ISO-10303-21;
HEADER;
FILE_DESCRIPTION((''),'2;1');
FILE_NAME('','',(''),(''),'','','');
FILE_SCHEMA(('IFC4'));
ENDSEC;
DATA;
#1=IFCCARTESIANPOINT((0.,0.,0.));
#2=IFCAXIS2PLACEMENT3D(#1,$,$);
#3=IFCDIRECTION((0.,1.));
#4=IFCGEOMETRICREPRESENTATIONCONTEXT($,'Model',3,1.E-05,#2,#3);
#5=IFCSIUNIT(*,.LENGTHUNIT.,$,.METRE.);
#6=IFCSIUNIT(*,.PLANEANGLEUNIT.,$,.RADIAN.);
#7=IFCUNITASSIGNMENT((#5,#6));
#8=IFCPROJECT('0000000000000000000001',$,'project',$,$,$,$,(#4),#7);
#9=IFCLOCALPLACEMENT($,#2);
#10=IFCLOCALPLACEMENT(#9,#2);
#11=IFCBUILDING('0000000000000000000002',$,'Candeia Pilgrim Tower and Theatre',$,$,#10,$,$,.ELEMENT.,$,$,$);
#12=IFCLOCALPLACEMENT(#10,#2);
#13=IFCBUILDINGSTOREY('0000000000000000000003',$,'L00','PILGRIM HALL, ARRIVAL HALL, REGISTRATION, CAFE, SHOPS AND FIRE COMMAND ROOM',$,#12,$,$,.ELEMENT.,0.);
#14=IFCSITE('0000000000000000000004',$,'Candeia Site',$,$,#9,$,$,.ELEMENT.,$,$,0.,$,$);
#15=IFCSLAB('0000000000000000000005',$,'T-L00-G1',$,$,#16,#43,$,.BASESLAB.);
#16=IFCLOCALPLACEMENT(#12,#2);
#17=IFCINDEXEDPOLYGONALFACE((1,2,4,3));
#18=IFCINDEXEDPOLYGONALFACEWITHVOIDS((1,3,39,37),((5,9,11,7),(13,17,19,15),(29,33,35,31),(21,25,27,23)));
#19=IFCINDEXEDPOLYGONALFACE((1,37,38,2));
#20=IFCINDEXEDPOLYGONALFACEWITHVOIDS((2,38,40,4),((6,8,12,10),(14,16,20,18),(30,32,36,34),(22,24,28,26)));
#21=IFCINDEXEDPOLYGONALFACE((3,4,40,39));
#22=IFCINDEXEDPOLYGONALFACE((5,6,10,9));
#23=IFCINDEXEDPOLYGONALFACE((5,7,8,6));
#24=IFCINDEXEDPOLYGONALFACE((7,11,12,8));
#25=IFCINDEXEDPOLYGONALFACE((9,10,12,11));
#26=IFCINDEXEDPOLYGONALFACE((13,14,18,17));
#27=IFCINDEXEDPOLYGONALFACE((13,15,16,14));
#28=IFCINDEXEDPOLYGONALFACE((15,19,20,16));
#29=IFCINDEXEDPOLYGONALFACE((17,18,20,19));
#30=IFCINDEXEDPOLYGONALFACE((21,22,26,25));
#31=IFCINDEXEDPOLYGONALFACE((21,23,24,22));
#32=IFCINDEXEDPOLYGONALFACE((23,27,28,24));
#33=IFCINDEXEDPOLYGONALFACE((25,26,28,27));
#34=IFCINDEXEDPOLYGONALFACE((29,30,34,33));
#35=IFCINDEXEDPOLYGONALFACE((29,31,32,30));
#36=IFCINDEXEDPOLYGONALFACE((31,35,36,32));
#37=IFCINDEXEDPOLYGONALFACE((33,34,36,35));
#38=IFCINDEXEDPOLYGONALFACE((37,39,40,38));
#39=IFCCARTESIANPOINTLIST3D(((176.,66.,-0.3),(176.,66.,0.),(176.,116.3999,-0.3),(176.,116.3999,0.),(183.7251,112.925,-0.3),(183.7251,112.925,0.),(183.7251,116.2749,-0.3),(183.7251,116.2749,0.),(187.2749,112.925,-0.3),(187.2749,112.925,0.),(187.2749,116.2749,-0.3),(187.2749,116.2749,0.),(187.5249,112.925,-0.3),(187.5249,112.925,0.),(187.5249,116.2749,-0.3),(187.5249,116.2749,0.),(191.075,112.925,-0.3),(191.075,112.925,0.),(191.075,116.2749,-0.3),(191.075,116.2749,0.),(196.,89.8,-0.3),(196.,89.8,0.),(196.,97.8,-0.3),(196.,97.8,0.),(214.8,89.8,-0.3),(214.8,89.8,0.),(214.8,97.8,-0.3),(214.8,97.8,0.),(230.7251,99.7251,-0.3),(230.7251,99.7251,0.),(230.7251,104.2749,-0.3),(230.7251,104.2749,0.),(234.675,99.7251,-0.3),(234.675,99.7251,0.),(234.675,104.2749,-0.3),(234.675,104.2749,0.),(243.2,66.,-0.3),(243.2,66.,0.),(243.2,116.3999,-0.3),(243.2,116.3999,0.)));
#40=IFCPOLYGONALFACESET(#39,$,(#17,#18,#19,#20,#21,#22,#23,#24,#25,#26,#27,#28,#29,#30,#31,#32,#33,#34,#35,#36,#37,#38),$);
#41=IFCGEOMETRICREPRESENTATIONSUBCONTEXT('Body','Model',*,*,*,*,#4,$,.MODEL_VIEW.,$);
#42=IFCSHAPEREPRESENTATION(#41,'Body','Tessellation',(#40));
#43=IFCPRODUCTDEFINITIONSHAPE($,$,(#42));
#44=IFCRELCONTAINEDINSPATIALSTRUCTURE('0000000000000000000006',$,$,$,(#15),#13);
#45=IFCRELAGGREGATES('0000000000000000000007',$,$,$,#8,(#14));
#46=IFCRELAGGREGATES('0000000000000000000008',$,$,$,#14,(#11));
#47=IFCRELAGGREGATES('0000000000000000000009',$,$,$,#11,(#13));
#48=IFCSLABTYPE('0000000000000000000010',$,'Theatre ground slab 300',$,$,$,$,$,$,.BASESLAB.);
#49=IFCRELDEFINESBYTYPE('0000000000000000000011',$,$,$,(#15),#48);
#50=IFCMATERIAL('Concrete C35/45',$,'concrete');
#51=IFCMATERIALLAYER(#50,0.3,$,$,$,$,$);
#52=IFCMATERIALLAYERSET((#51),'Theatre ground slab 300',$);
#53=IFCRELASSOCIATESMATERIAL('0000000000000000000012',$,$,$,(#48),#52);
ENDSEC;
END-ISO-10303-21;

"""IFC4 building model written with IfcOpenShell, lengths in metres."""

from ifc_helpers import new_model, si_unit, direction, frame, origin, place, context, subcontext, project, spatial, polyline, outline, extrude, material, layer, layer_set, type_object, element, save


model = new_model("IFC4")

# Units and contexts
model_context = context("Model", 3, precision=1e-05, world=origin(), true_north=direction((0.0, 1.0)))
body_context = subcontext(model_context, "Body", "Model", "MODEL_VIEW")
ifc_project = project(units=[si_unit("LENGTHUNIT", "METRE"), si_unit("PLANEANGLEUNIT", "RADIAN")], contexts=[model_context])

# Site, building, storey
site_placement = place(None, origin())
site = spatial("IfcSite", under=ifc_project, at=site_placement, Name="Candeia Site", CompositionType="ELEMENT", RefElevation=0.0)
building_placement = place(site_placement, origin())
building = spatial("IfcBuilding", under=site, at=building_placement, Name="Candeia Pilgrim Tower and Theatre", CompositionType="ELEMENT")
storey_placement = place(building_placement, origin())
storey = spatial("IfcBuildingStorey", under=building, at=storey_placement, Name="L00", Description="PILGRIM HALL, ARRIVAL HALL, REGISTRATION, CAFE, SHOPS AND FIRE COMMAND ROOM", CompositionType="ELEMENT", Elevation=0.0)

# Shared definitions
ifc_material_1 = material(Name="Concrete C35/45", Category="concrete")

# Slab
ifc_layer_1 = layer(ifc_material_1, 0.3)
ifc_layer_set_1 = layer_set([ifc_layer_1], Name="Theatre ground slab 300")
slab_type_1 = type_object("IfcSlabType", Name="Theatre ground slab 300", PredefinedType="BASESLAB", material=ifc_layer_set_1)
slab_1_placement = place(storey_placement, frame((0.0, 0.0, -0.3)))
element("IfcSlab", 1, at=slab_1_placement, inside=storey, type_object=slab_type_1, Name="T-L00-G1", PredefinedType="BASESLAB", context=body_context, shape_type="SweptSolid", body=[
    extrude(outline(polyline([(243.2, 66.0), (176.0, 66.0), (176.0, 116.3999), (243.2, 116.3999), (243.2, 66.0)]), holes=[polyline([(214.8, 89.8), (214.8, 97.8), (196.0, 97.8), (196.0, 89.8), (214.8, 89.8)]), polyline([(183.7251, 112.925), (187.2749, 112.925), (187.2749, 116.2749), (183.7251, 116.2749), (183.7251, 112.925)]), polyline([(187.5249, 116.2749), (187.5249, 112.925), (191.075, 112.925), (191.075, 116.2749), (187.5249, 116.2749)]), polyline([(234.675, 104.2749), (230.7251, 104.2749), (230.7251, 99.7251), (234.675, 99.7251), (234.675, 104.2749)])]), origin(), (0.0, 0.0, 1.0), 0.3),
])

save(model, "model.ifc")
